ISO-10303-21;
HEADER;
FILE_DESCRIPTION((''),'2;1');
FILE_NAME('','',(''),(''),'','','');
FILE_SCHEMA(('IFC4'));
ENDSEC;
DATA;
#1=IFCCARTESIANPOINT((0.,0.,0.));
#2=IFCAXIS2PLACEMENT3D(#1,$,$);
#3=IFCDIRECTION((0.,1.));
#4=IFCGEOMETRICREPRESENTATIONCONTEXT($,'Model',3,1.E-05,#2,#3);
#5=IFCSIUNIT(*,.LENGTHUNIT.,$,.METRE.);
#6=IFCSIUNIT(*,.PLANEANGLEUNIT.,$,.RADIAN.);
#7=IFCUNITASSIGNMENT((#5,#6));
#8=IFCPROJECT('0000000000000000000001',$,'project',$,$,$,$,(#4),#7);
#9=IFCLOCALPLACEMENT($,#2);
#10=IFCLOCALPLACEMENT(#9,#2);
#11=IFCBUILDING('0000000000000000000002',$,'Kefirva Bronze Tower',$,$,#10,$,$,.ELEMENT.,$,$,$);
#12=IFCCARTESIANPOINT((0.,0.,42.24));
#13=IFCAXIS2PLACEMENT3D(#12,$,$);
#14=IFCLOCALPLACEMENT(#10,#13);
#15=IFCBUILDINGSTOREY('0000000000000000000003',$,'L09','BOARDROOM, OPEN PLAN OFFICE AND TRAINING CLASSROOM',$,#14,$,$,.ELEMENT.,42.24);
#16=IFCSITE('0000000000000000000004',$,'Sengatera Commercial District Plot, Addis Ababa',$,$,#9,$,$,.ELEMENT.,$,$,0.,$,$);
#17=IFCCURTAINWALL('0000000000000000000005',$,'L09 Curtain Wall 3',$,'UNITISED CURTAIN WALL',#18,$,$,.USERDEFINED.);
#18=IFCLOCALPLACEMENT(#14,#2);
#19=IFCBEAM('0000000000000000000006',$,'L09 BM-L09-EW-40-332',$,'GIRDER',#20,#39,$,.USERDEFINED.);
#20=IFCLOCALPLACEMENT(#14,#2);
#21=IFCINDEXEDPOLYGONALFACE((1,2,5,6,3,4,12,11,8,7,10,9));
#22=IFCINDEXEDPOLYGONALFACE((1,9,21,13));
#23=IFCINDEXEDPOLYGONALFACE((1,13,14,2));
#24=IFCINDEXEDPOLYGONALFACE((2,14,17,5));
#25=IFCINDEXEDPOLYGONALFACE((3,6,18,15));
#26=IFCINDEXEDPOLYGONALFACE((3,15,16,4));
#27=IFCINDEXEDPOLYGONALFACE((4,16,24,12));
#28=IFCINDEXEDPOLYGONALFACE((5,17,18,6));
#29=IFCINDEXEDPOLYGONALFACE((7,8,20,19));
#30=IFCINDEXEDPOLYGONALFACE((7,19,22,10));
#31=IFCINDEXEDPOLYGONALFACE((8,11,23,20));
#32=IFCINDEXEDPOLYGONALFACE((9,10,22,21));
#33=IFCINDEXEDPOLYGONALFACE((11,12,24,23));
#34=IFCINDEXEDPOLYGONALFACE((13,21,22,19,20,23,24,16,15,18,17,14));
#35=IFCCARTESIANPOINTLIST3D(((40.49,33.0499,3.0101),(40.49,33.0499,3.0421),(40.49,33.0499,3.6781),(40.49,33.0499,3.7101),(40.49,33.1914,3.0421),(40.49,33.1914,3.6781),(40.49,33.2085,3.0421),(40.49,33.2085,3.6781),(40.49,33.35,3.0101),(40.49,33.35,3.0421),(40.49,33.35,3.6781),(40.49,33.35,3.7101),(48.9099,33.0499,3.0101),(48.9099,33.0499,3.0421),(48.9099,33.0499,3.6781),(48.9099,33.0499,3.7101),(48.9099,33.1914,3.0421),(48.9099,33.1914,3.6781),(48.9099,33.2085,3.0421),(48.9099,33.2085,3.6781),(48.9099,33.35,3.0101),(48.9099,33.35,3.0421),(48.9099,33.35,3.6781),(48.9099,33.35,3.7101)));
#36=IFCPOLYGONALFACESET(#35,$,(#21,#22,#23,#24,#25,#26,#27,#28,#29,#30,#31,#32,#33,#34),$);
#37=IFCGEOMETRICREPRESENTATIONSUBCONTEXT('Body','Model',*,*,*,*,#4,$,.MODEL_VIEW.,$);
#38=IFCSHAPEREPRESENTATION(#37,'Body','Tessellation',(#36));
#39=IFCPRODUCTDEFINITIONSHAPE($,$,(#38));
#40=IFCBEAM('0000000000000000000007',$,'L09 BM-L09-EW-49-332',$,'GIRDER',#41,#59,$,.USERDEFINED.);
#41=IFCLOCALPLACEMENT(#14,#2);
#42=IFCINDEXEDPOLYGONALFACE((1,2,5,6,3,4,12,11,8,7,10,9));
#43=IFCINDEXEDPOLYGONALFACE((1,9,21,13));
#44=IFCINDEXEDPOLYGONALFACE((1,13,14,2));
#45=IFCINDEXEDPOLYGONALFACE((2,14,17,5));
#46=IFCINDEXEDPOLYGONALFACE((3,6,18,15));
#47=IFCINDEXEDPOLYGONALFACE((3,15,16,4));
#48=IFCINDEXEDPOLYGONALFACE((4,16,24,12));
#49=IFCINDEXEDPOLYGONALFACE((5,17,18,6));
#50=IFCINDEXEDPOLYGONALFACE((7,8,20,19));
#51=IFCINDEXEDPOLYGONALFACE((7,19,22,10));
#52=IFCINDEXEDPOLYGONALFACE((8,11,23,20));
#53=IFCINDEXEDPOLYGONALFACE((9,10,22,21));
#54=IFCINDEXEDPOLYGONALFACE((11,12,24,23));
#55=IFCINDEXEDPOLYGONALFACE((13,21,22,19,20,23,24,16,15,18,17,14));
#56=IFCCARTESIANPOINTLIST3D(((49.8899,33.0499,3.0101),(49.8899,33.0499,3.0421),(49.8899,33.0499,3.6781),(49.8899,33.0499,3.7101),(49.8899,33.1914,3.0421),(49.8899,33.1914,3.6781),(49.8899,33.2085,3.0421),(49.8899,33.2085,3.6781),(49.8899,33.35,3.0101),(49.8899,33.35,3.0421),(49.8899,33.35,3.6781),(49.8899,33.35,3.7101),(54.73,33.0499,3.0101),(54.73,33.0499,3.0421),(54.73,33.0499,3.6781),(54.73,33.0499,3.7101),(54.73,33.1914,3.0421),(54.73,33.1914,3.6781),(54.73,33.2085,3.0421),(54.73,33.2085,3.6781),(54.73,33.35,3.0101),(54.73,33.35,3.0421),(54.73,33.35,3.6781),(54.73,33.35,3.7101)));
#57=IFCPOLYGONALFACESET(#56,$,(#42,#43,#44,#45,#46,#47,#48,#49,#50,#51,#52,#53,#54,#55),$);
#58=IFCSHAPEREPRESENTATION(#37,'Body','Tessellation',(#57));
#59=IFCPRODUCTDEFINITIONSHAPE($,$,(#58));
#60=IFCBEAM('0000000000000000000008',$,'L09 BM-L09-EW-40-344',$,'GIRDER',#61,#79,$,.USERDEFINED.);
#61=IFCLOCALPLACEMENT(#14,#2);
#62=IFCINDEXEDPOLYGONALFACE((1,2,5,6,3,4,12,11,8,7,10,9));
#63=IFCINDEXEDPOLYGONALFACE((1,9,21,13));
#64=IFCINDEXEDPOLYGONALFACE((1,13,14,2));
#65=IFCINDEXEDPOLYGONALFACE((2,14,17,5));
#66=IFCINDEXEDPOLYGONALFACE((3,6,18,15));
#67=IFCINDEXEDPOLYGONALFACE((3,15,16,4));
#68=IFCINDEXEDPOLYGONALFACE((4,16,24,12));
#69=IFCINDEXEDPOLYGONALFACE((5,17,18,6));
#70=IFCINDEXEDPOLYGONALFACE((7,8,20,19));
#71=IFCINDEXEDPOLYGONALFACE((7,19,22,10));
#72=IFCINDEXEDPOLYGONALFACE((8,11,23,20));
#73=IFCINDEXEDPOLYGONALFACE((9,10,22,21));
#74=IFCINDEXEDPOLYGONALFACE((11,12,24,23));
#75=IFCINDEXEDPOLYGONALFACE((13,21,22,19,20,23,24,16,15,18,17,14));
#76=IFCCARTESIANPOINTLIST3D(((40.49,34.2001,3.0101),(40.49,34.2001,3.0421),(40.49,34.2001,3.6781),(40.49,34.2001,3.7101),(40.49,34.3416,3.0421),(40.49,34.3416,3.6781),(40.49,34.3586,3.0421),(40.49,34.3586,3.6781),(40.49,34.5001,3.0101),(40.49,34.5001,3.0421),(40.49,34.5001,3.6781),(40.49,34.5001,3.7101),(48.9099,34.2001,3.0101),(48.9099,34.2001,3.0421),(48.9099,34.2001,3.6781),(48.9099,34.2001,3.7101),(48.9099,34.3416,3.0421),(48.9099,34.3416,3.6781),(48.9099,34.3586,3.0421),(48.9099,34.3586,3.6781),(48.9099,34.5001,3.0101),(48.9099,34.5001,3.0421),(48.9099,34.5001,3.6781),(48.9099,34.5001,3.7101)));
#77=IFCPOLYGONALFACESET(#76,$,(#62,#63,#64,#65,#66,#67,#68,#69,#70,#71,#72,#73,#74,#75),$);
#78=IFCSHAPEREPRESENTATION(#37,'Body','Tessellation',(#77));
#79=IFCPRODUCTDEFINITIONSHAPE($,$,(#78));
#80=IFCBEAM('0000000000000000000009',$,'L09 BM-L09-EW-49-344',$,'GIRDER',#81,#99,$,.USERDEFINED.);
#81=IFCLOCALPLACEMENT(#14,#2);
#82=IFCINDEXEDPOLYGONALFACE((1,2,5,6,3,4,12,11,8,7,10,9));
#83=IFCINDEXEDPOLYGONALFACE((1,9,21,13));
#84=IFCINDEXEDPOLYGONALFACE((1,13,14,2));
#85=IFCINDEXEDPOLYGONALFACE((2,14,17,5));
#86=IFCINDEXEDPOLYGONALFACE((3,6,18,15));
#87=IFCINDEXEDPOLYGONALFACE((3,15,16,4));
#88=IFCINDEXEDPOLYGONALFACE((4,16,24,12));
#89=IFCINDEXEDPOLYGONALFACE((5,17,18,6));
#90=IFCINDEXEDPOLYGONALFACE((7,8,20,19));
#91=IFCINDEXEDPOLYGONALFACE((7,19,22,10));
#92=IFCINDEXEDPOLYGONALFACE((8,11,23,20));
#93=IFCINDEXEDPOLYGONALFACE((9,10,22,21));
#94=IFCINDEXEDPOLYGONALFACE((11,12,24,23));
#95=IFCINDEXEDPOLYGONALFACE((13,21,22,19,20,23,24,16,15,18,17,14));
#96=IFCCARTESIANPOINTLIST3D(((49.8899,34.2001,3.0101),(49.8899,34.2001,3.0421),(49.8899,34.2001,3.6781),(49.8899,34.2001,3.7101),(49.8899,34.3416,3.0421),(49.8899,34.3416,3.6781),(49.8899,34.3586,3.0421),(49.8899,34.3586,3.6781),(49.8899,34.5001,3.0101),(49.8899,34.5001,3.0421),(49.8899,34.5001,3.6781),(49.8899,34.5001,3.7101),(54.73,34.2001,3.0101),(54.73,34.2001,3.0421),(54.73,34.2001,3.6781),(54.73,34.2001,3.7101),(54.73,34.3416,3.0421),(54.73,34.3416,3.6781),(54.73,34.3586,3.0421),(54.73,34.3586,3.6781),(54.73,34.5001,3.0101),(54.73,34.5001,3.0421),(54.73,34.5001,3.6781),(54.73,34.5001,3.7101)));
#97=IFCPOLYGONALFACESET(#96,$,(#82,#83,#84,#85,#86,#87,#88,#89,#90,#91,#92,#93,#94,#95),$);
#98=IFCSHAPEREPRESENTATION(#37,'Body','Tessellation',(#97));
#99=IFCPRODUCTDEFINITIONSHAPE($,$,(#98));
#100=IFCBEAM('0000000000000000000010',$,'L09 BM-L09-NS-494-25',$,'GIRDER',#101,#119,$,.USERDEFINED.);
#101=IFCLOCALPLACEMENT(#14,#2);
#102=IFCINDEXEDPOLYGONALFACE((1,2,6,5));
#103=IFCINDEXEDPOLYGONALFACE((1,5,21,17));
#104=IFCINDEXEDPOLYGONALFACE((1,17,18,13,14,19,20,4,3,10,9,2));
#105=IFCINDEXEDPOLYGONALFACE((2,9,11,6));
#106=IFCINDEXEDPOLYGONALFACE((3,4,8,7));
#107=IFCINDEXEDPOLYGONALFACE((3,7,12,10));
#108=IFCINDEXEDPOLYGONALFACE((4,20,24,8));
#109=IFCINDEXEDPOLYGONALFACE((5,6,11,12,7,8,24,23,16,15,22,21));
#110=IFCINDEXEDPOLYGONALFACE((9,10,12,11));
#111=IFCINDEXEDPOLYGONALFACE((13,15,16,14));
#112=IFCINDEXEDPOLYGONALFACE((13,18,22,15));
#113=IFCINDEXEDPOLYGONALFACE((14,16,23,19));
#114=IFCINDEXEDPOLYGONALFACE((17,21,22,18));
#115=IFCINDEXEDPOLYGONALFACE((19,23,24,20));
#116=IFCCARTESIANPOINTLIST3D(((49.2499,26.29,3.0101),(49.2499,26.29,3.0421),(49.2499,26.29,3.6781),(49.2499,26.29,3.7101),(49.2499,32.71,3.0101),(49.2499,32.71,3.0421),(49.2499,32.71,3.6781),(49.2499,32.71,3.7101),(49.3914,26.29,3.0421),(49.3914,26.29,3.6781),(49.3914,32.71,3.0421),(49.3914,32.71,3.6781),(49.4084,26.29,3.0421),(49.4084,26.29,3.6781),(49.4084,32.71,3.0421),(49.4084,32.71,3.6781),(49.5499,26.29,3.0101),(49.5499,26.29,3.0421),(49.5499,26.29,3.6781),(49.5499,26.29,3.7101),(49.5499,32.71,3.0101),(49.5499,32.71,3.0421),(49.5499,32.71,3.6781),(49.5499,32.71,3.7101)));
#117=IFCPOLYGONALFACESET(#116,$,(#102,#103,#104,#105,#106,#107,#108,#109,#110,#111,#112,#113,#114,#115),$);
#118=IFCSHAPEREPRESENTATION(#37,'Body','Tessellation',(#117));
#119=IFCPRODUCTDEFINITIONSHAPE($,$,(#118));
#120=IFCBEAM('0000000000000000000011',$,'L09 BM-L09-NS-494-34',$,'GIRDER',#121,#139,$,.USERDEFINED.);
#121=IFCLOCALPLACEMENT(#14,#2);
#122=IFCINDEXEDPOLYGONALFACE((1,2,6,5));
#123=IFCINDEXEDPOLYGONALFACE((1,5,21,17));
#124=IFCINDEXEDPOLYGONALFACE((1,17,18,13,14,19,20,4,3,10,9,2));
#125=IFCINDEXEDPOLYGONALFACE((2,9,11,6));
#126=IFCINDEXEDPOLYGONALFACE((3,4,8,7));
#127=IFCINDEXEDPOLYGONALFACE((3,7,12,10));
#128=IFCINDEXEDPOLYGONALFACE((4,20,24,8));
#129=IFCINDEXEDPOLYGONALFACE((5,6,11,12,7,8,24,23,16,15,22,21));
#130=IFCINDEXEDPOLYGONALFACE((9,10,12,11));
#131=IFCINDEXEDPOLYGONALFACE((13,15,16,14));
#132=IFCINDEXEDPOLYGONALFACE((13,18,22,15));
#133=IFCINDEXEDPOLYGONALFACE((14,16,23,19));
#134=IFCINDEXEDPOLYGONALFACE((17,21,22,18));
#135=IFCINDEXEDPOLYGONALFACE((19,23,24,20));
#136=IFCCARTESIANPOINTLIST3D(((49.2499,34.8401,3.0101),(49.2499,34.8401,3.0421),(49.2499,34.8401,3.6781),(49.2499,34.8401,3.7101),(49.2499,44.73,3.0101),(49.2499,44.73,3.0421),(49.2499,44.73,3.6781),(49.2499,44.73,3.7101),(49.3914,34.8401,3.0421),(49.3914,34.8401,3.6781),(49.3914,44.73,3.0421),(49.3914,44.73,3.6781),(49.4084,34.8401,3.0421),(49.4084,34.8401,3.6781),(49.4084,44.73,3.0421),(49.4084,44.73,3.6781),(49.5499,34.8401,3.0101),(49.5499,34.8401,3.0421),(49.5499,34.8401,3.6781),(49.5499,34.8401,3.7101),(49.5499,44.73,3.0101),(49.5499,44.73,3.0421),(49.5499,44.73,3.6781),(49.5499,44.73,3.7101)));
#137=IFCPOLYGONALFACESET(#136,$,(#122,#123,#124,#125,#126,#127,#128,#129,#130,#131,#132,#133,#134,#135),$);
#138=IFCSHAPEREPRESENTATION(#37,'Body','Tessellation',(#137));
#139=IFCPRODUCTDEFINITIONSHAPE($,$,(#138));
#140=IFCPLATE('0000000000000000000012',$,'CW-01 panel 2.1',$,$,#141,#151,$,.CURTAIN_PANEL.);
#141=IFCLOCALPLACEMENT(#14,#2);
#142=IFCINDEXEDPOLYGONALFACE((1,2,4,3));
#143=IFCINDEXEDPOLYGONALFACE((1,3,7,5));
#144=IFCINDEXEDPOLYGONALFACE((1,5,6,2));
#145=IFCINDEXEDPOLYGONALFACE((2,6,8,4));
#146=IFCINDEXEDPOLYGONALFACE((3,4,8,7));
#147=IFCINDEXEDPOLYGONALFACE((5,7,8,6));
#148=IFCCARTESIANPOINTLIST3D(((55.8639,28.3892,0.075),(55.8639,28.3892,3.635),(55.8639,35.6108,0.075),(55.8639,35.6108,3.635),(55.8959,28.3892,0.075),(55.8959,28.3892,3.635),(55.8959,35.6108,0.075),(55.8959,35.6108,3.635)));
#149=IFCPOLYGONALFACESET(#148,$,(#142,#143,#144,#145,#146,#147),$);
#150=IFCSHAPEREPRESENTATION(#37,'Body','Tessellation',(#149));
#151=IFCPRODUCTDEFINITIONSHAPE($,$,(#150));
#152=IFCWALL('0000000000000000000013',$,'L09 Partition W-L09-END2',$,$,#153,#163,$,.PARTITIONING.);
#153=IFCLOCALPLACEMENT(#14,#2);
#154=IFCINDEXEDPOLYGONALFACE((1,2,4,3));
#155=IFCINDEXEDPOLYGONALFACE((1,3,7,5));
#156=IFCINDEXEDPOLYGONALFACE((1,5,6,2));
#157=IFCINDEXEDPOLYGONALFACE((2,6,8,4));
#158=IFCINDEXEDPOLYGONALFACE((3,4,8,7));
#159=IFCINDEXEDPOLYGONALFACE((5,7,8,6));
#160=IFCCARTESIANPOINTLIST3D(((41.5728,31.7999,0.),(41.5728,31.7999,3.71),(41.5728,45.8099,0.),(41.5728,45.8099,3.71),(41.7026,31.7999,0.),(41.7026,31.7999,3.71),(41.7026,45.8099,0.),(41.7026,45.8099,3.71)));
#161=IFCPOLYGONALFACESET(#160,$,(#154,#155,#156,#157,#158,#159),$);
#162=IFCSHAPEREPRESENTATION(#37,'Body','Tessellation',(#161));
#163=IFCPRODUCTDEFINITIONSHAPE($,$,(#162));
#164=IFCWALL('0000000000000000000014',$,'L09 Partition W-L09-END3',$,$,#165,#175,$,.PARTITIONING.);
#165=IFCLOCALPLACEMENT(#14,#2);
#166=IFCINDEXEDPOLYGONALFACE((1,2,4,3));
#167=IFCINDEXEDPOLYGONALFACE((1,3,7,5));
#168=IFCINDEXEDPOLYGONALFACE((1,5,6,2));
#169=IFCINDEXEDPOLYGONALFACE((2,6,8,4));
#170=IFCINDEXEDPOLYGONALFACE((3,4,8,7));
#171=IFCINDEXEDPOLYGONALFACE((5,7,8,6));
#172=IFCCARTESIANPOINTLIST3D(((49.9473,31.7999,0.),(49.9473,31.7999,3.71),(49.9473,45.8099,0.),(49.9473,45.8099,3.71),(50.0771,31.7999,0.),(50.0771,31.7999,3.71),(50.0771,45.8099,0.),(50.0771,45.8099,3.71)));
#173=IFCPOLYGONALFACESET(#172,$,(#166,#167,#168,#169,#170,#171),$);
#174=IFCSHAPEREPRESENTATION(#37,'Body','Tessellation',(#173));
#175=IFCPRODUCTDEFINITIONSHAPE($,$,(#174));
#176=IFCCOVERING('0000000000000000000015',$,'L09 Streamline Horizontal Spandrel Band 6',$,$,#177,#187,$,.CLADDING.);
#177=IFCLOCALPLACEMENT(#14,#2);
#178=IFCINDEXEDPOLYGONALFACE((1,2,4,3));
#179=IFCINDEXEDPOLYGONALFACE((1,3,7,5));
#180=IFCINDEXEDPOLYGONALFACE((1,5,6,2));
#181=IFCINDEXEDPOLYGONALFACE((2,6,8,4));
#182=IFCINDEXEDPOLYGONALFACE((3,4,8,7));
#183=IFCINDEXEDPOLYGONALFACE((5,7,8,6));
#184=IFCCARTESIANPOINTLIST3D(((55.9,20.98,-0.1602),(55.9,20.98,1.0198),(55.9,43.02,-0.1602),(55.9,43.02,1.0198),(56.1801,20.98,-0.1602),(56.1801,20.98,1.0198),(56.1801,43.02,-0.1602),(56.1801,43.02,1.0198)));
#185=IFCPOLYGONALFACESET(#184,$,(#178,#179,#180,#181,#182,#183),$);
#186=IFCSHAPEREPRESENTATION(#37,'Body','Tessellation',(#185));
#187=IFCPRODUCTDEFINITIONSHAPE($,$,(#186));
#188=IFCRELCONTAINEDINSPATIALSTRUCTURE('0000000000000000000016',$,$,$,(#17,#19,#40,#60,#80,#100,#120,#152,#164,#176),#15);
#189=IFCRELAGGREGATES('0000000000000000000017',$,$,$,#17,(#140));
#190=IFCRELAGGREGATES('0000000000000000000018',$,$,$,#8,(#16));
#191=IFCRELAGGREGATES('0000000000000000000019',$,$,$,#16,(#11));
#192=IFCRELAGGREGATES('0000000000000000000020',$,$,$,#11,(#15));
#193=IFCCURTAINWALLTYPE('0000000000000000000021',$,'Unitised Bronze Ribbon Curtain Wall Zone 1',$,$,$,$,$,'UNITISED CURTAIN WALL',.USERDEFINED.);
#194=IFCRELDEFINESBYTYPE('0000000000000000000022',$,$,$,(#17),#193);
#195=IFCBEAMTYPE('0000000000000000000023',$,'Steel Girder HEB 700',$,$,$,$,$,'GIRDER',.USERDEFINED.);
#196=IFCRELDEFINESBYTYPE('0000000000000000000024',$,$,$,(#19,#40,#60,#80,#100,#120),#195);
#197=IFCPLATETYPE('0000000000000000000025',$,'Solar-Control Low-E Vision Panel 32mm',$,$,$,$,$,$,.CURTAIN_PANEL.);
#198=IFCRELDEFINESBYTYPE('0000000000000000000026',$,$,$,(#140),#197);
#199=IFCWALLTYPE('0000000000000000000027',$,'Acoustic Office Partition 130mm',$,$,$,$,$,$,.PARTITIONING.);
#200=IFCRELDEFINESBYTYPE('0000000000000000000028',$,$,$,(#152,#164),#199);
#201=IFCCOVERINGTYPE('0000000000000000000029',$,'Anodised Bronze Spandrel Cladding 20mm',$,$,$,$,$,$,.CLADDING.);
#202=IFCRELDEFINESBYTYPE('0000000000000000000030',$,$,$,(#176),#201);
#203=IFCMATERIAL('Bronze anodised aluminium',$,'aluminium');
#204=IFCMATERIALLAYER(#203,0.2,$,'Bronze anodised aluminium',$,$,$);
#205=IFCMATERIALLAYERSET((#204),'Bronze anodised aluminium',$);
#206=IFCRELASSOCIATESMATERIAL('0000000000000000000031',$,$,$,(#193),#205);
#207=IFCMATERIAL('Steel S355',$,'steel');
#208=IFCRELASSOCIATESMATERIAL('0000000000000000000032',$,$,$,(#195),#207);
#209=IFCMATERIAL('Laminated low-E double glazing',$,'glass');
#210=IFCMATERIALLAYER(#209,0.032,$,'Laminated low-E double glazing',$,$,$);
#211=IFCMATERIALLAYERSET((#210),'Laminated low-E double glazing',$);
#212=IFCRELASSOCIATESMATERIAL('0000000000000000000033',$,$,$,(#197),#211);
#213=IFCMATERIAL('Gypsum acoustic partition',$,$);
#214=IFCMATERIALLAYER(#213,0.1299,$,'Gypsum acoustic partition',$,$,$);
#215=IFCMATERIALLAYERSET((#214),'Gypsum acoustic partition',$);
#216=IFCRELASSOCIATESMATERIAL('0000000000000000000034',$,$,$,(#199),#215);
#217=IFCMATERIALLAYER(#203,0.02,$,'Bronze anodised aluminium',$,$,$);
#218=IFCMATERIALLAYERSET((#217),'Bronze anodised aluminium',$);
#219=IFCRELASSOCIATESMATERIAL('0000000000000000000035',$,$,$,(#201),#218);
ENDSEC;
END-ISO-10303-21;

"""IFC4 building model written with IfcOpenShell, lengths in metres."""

from ifc_helpers import new_model, si_unit, direction, frame, frame_2d, origin, origin_2d, place, context, subcontext, project, spatial, rectangle, i_section, extrude, material, layer, layer_set, material_profile, profile_set, type_object, element, aggregate, save


model = new_model("IFC4")

# Units and contexts
model_context = context("Model", 3, precision=1e-05, world=origin(), true_north=direction((0.0, 1.0)))
body_context = subcontext(model_context, "Body", "Model", "MODEL_VIEW")
ifc_project = project(units=[si_unit("LENGTHUNIT", "METRE"), si_unit("PLANEANGLEUNIT", "RADIAN")], contexts=[model_context])

# Site, building, storey
site_placement = place(None, origin())
site = spatial("IfcSite", under=ifc_project, at=site_placement, Name="Sengatera Commercial District Plot, Addis Ababa", CompositionType="ELEMENT", RefElevation=0.0)
building_placement = place(site_placement, origin())
building = spatial("IfcBuilding", under=site, at=building_placement, Name="Kefirva Bronze Tower", CompositionType="ELEMENT")
storey_placement = place(building_placement, frame((0.0, 0.0, 42.24)))
storey = spatial("IfcBuildingStorey", under=building, at=storey_placement, Name="L09", Description="BOARDROOM, OPEN PLAN OFFICE AND TRAINING CLASSROOM", CompositionType="ELEMENT", Elevation=42.24)

# Curtain wall
ifc_material_1 = material(Name="Bronze anodised aluminium", Category="aluminium")
ifc_layer_1 = layer(ifc_material_1, 0.2, Name="Bronze anodised aluminium")
ifc_layer_set_1 = layer_set([ifc_layer_1], Name="Bronze anodised aluminium")
curtain_wall_type = type_object("IfcCurtainWallType", Name="Unitised Bronze Ribbon Curtain Wall Zone 1", ElementType="UNITISED CURTAIN WALL", PredefinedType="USERDEFINED", material=ifc_layer_set_1)
curtain_wall_placement = place(storey_placement, origin())
curtain_wall = element("IfcCurtainWall", 1, at=curtain_wall_placement, inside=storey, type_object=curtain_wall_type, Name="L09 Curtain Wall 3", ObjectType="UNITISED CURTAIN WALL", PredefinedType="USERDEFINED")

# Beams
ifc_material_2 = material(Name="Steel S355", Category="steel")
ifc_material_profile_1 = material_profile(ifc_material_2, i_section(OverallWidth=0.3, OverallDepth=0.7, WebThickness=0.0171, FlangeThickness=0.032, at=origin_2d()), Name="HEB 700")
ifc_profile_set_1 = profile_set([ifc_material_profile_1], Name="Steel S355")
beam_type_1 = type_object("IfcBeamType", Name="Steel Girder HEB 700", ElementType="GIRDER", PredefinedType="USERDEFINED", material=ifc_profile_set_1)
for number, where, z_axis, x_axis, name in (
    (2, (40.49, 33.2, 3.3601), (1.0, 0.0, 0.0), (0.0, 1.0, 0.0), "L09 BM-L09-EW-40-332"),
):
    element("IfcBeam", number, at=place(storey_placement, frame(where, z_axis=z_axis, x_axis=x_axis)), inside=storey, type_object=beam_type_1, Name=name, ObjectType="GIRDER", PredefinedType="USERDEFINED", context=body_context, shape_type="SweptSolid", body=[
        extrude(i_section(OverallWidth=0.3, OverallDepth=0.7, WebThickness=0.0171, FlangeThickness=0.032, at=origin_2d()), origin(), (0.0, 0.0, 1.0), 8.4199),
    ])
beam_1_placement = place(storey_placement, frame((49.8899, 33.2, 3.3601), z_axis=(1.0, 0.0, 0.0), x_axis=(0.0, 1.0, 0.0)))
element("IfcBeam", 3, at=beam_1_placement, inside=storey, type_object=beam_type_1, Name="L09 BM-L09-EW-49-332", ObjectType="GIRDER", PredefinedType="USERDEFINED", context=body_context, shape_type="SweptSolid", body=[
    extrude(i_section(OverallWidth=0.3, OverallDepth=0.7, WebThickness=0.0171, FlangeThickness=0.032, at=origin_2d()), origin(), (0.0, 0.0, 1.0), 4.8401),
])
beam_2_placement = place(storey_placement, frame((40.49, 34.3501, 3.3601), z_axis=(1.0, 0.0, 0.0), x_axis=(0.0, 1.0, 0.0)))
element("IfcBeam", 4, at=beam_2_placement, inside=storey, type_object=beam_type_1, Name="L09 BM-L09-EW-40-344", ObjectType="GIRDER", PredefinedType="USERDEFINED", context=body_context, shape_type="SweptSolid", body=[
    extrude(i_section(OverallWidth=0.3, OverallDepth=0.7, WebThickness=0.0171, FlangeThickness=0.032, at=origin_2d()), origin(), (0.0, 0.0, 1.0), 8.4199),
])
beam_3_placement = place(storey_placement, frame((49.8899, 34.3501, 3.3601), z_axis=(1.0, 0.0, 0.0), x_axis=(0.0, 1.0, 0.0)))
element("IfcBeam", 5, at=beam_3_placement, inside=storey, type_object=beam_type_1, Name="L09 BM-L09-EW-49-344", ObjectType="GIRDER", PredefinedType="USERDEFINED", context=body_context, shape_type="SweptSolid", body=[
    extrude(i_section(OverallWidth=0.3, OverallDepth=0.7, WebThickness=0.0171, FlangeThickness=0.032, at=origin_2d()), origin(), (0.0, 0.0, 1.0), 4.8401),
])
beam_4_placement = place(storey_placement, frame((49.3999, 26.29, 3.3601), z_axis=(0.0, 1.0, 0.0), x_axis=(-1.0, 0.0, 0.0)))
element("IfcBeam", 6, at=beam_4_placement, inside=storey, type_object=beam_type_1, Name="L09 BM-L09-NS-494-25", ObjectType="GIRDER", PredefinedType="USERDEFINED", context=body_context, shape_type="SweptSolid", body=[
    extrude(i_section(OverallWidth=0.3, OverallDepth=0.7, WebThickness=0.0171, FlangeThickness=0.032, at=origin_2d()), origin(), (0.0, 0.0, 1.0), 6.4199),
])
beam_5_placement = place(storey_placement, frame((49.3999, 34.8401, 3.3601), z_axis=(0.0, 1.0, 0.0), x_axis=(-1.0, 0.0, 0.0)))
element("IfcBeam", 7, at=beam_5_placement, inside=storey, type_object=beam_type_1, Name="L09 BM-L09-NS-494-34", ObjectType="GIRDER", PredefinedType="USERDEFINED", context=body_context, shape_type="SweptSolid", body=[
    extrude(i_section(OverallWidth=0.3, OverallDepth=0.7, WebThickness=0.0171, FlangeThickness=0.032, at=origin_2d()), origin(), (0.0, 0.0, 1.0), 9.8899),
])

# Plate
ifc_material_3 = material(Name="Laminated low-E double glazing", Category="glass")
ifc_layer_2 = layer(ifc_material_3, 0.032, Name="Laminated low-E double glazing")
ifc_layer_set_2 = layer_set([ifc_layer_2], Name="Laminated low-E double glazing")
plate_type = type_object("IfcPlateType", Name="Solar-Control Low-E Vision Panel 32mm", PredefinedType="CURTAIN_PANEL", material=ifc_layer_set_2)
plate_placement = place(storey_placement, frame((55.8799, 32.0, 0.075), z_axis=(0.0, 0.0, 1.0), x_axis=(0.0, 1.0, 0.0)))
plate = element("IfcPlate", 8, at=plate_placement, type_object=plate_type, Name="CW-01 panel 2.1", PredefinedType="CURTAIN_PANEL", context=body_context, shape_type="SweptSolid", body=[
    extrude(rectangle(XDim=7.2217, YDim=0.032, at=origin_2d()), origin(), (0.0, 0.0, 1.0), 3.5601),
])
aggregate(curtain_wall, [plate])

# Walls
ifc_material_4 = material(Name="Gypsum acoustic partition")
ifc_layer_3 = layer(ifc_material_4, 0.1299, Name="Gypsum acoustic partition")
ifc_layer_set_3 = layer_set([ifc_layer_3], Name="Gypsum acoustic partition")
wall_type = type_object("IfcWallType", Name="Acoustic Office Partition 130mm", PredefinedType="PARTITIONING", material=ifc_layer_set_3)
for number, where, z_axis, x_axis, name in (
    (9, (41.6377, 31.8, 0.0), (0.0, 0.0, 1.0), (0.0, 1.0, 0.0), "L09 Partition W-L09-END2"),
    (10, (50.0122, 31.8, 0.0), (0.0, 0.0, 1.0), (0.0, 1.0, 0.0), "L09 Partition W-L09-END3"),
):
    element("IfcWall", number, at=place(storey_placement, frame(where, z_axis=z_axis, x_axis=x_axis)), inside=storey, type_object=wall_type, Name=name, PredefinedType="PARTITIONING", context=body_context, shape_type="SweptSolid", body=[
        extrude(rectangle(XDim=14.01, YDim=0.1299, at=frame_2d((7.0049, 0.0))), origin(), (0.0, 0.0, 1.0), 3.71),
    ])

# Covering
ifc_layer_4 = layer(ifc_material_1, 0.02, Name="Bronze anodised aluminium")
ifc_layer_set_4 = layer_set([ifc_layer_4], Name="Bronze anodised aluminium")
covering_type_1 = type_object("IfcCoveringType", Name="Anodised Bronze Spandrel Cladding 20mm", PredefinedType="CLADDING", material=ifc_layer_set_4)
covering_1_placement = place(storey_placement, frame((56.04, 32.0, -0.1602), z_axis=(0.0, 0.0, 1.0), x_axis=(0.0, 1.0, 0.0)))
element("IfcCovering", 11, at=covering_1_placement, inside=storey, type_object=covering_type_1, Name="L09 Streamline Horizontal Spandrel Band 6", PredefinedType="CLADDING", context=body_context, shape_type="SweptSolid", body=[
    extrude(rectangle(XDim=22.04, YDim=0.28, at=origin_2d()), origin(), (0.0, 0.0, 1.0), 1.1799),
])

save(model, "model.ifc")
